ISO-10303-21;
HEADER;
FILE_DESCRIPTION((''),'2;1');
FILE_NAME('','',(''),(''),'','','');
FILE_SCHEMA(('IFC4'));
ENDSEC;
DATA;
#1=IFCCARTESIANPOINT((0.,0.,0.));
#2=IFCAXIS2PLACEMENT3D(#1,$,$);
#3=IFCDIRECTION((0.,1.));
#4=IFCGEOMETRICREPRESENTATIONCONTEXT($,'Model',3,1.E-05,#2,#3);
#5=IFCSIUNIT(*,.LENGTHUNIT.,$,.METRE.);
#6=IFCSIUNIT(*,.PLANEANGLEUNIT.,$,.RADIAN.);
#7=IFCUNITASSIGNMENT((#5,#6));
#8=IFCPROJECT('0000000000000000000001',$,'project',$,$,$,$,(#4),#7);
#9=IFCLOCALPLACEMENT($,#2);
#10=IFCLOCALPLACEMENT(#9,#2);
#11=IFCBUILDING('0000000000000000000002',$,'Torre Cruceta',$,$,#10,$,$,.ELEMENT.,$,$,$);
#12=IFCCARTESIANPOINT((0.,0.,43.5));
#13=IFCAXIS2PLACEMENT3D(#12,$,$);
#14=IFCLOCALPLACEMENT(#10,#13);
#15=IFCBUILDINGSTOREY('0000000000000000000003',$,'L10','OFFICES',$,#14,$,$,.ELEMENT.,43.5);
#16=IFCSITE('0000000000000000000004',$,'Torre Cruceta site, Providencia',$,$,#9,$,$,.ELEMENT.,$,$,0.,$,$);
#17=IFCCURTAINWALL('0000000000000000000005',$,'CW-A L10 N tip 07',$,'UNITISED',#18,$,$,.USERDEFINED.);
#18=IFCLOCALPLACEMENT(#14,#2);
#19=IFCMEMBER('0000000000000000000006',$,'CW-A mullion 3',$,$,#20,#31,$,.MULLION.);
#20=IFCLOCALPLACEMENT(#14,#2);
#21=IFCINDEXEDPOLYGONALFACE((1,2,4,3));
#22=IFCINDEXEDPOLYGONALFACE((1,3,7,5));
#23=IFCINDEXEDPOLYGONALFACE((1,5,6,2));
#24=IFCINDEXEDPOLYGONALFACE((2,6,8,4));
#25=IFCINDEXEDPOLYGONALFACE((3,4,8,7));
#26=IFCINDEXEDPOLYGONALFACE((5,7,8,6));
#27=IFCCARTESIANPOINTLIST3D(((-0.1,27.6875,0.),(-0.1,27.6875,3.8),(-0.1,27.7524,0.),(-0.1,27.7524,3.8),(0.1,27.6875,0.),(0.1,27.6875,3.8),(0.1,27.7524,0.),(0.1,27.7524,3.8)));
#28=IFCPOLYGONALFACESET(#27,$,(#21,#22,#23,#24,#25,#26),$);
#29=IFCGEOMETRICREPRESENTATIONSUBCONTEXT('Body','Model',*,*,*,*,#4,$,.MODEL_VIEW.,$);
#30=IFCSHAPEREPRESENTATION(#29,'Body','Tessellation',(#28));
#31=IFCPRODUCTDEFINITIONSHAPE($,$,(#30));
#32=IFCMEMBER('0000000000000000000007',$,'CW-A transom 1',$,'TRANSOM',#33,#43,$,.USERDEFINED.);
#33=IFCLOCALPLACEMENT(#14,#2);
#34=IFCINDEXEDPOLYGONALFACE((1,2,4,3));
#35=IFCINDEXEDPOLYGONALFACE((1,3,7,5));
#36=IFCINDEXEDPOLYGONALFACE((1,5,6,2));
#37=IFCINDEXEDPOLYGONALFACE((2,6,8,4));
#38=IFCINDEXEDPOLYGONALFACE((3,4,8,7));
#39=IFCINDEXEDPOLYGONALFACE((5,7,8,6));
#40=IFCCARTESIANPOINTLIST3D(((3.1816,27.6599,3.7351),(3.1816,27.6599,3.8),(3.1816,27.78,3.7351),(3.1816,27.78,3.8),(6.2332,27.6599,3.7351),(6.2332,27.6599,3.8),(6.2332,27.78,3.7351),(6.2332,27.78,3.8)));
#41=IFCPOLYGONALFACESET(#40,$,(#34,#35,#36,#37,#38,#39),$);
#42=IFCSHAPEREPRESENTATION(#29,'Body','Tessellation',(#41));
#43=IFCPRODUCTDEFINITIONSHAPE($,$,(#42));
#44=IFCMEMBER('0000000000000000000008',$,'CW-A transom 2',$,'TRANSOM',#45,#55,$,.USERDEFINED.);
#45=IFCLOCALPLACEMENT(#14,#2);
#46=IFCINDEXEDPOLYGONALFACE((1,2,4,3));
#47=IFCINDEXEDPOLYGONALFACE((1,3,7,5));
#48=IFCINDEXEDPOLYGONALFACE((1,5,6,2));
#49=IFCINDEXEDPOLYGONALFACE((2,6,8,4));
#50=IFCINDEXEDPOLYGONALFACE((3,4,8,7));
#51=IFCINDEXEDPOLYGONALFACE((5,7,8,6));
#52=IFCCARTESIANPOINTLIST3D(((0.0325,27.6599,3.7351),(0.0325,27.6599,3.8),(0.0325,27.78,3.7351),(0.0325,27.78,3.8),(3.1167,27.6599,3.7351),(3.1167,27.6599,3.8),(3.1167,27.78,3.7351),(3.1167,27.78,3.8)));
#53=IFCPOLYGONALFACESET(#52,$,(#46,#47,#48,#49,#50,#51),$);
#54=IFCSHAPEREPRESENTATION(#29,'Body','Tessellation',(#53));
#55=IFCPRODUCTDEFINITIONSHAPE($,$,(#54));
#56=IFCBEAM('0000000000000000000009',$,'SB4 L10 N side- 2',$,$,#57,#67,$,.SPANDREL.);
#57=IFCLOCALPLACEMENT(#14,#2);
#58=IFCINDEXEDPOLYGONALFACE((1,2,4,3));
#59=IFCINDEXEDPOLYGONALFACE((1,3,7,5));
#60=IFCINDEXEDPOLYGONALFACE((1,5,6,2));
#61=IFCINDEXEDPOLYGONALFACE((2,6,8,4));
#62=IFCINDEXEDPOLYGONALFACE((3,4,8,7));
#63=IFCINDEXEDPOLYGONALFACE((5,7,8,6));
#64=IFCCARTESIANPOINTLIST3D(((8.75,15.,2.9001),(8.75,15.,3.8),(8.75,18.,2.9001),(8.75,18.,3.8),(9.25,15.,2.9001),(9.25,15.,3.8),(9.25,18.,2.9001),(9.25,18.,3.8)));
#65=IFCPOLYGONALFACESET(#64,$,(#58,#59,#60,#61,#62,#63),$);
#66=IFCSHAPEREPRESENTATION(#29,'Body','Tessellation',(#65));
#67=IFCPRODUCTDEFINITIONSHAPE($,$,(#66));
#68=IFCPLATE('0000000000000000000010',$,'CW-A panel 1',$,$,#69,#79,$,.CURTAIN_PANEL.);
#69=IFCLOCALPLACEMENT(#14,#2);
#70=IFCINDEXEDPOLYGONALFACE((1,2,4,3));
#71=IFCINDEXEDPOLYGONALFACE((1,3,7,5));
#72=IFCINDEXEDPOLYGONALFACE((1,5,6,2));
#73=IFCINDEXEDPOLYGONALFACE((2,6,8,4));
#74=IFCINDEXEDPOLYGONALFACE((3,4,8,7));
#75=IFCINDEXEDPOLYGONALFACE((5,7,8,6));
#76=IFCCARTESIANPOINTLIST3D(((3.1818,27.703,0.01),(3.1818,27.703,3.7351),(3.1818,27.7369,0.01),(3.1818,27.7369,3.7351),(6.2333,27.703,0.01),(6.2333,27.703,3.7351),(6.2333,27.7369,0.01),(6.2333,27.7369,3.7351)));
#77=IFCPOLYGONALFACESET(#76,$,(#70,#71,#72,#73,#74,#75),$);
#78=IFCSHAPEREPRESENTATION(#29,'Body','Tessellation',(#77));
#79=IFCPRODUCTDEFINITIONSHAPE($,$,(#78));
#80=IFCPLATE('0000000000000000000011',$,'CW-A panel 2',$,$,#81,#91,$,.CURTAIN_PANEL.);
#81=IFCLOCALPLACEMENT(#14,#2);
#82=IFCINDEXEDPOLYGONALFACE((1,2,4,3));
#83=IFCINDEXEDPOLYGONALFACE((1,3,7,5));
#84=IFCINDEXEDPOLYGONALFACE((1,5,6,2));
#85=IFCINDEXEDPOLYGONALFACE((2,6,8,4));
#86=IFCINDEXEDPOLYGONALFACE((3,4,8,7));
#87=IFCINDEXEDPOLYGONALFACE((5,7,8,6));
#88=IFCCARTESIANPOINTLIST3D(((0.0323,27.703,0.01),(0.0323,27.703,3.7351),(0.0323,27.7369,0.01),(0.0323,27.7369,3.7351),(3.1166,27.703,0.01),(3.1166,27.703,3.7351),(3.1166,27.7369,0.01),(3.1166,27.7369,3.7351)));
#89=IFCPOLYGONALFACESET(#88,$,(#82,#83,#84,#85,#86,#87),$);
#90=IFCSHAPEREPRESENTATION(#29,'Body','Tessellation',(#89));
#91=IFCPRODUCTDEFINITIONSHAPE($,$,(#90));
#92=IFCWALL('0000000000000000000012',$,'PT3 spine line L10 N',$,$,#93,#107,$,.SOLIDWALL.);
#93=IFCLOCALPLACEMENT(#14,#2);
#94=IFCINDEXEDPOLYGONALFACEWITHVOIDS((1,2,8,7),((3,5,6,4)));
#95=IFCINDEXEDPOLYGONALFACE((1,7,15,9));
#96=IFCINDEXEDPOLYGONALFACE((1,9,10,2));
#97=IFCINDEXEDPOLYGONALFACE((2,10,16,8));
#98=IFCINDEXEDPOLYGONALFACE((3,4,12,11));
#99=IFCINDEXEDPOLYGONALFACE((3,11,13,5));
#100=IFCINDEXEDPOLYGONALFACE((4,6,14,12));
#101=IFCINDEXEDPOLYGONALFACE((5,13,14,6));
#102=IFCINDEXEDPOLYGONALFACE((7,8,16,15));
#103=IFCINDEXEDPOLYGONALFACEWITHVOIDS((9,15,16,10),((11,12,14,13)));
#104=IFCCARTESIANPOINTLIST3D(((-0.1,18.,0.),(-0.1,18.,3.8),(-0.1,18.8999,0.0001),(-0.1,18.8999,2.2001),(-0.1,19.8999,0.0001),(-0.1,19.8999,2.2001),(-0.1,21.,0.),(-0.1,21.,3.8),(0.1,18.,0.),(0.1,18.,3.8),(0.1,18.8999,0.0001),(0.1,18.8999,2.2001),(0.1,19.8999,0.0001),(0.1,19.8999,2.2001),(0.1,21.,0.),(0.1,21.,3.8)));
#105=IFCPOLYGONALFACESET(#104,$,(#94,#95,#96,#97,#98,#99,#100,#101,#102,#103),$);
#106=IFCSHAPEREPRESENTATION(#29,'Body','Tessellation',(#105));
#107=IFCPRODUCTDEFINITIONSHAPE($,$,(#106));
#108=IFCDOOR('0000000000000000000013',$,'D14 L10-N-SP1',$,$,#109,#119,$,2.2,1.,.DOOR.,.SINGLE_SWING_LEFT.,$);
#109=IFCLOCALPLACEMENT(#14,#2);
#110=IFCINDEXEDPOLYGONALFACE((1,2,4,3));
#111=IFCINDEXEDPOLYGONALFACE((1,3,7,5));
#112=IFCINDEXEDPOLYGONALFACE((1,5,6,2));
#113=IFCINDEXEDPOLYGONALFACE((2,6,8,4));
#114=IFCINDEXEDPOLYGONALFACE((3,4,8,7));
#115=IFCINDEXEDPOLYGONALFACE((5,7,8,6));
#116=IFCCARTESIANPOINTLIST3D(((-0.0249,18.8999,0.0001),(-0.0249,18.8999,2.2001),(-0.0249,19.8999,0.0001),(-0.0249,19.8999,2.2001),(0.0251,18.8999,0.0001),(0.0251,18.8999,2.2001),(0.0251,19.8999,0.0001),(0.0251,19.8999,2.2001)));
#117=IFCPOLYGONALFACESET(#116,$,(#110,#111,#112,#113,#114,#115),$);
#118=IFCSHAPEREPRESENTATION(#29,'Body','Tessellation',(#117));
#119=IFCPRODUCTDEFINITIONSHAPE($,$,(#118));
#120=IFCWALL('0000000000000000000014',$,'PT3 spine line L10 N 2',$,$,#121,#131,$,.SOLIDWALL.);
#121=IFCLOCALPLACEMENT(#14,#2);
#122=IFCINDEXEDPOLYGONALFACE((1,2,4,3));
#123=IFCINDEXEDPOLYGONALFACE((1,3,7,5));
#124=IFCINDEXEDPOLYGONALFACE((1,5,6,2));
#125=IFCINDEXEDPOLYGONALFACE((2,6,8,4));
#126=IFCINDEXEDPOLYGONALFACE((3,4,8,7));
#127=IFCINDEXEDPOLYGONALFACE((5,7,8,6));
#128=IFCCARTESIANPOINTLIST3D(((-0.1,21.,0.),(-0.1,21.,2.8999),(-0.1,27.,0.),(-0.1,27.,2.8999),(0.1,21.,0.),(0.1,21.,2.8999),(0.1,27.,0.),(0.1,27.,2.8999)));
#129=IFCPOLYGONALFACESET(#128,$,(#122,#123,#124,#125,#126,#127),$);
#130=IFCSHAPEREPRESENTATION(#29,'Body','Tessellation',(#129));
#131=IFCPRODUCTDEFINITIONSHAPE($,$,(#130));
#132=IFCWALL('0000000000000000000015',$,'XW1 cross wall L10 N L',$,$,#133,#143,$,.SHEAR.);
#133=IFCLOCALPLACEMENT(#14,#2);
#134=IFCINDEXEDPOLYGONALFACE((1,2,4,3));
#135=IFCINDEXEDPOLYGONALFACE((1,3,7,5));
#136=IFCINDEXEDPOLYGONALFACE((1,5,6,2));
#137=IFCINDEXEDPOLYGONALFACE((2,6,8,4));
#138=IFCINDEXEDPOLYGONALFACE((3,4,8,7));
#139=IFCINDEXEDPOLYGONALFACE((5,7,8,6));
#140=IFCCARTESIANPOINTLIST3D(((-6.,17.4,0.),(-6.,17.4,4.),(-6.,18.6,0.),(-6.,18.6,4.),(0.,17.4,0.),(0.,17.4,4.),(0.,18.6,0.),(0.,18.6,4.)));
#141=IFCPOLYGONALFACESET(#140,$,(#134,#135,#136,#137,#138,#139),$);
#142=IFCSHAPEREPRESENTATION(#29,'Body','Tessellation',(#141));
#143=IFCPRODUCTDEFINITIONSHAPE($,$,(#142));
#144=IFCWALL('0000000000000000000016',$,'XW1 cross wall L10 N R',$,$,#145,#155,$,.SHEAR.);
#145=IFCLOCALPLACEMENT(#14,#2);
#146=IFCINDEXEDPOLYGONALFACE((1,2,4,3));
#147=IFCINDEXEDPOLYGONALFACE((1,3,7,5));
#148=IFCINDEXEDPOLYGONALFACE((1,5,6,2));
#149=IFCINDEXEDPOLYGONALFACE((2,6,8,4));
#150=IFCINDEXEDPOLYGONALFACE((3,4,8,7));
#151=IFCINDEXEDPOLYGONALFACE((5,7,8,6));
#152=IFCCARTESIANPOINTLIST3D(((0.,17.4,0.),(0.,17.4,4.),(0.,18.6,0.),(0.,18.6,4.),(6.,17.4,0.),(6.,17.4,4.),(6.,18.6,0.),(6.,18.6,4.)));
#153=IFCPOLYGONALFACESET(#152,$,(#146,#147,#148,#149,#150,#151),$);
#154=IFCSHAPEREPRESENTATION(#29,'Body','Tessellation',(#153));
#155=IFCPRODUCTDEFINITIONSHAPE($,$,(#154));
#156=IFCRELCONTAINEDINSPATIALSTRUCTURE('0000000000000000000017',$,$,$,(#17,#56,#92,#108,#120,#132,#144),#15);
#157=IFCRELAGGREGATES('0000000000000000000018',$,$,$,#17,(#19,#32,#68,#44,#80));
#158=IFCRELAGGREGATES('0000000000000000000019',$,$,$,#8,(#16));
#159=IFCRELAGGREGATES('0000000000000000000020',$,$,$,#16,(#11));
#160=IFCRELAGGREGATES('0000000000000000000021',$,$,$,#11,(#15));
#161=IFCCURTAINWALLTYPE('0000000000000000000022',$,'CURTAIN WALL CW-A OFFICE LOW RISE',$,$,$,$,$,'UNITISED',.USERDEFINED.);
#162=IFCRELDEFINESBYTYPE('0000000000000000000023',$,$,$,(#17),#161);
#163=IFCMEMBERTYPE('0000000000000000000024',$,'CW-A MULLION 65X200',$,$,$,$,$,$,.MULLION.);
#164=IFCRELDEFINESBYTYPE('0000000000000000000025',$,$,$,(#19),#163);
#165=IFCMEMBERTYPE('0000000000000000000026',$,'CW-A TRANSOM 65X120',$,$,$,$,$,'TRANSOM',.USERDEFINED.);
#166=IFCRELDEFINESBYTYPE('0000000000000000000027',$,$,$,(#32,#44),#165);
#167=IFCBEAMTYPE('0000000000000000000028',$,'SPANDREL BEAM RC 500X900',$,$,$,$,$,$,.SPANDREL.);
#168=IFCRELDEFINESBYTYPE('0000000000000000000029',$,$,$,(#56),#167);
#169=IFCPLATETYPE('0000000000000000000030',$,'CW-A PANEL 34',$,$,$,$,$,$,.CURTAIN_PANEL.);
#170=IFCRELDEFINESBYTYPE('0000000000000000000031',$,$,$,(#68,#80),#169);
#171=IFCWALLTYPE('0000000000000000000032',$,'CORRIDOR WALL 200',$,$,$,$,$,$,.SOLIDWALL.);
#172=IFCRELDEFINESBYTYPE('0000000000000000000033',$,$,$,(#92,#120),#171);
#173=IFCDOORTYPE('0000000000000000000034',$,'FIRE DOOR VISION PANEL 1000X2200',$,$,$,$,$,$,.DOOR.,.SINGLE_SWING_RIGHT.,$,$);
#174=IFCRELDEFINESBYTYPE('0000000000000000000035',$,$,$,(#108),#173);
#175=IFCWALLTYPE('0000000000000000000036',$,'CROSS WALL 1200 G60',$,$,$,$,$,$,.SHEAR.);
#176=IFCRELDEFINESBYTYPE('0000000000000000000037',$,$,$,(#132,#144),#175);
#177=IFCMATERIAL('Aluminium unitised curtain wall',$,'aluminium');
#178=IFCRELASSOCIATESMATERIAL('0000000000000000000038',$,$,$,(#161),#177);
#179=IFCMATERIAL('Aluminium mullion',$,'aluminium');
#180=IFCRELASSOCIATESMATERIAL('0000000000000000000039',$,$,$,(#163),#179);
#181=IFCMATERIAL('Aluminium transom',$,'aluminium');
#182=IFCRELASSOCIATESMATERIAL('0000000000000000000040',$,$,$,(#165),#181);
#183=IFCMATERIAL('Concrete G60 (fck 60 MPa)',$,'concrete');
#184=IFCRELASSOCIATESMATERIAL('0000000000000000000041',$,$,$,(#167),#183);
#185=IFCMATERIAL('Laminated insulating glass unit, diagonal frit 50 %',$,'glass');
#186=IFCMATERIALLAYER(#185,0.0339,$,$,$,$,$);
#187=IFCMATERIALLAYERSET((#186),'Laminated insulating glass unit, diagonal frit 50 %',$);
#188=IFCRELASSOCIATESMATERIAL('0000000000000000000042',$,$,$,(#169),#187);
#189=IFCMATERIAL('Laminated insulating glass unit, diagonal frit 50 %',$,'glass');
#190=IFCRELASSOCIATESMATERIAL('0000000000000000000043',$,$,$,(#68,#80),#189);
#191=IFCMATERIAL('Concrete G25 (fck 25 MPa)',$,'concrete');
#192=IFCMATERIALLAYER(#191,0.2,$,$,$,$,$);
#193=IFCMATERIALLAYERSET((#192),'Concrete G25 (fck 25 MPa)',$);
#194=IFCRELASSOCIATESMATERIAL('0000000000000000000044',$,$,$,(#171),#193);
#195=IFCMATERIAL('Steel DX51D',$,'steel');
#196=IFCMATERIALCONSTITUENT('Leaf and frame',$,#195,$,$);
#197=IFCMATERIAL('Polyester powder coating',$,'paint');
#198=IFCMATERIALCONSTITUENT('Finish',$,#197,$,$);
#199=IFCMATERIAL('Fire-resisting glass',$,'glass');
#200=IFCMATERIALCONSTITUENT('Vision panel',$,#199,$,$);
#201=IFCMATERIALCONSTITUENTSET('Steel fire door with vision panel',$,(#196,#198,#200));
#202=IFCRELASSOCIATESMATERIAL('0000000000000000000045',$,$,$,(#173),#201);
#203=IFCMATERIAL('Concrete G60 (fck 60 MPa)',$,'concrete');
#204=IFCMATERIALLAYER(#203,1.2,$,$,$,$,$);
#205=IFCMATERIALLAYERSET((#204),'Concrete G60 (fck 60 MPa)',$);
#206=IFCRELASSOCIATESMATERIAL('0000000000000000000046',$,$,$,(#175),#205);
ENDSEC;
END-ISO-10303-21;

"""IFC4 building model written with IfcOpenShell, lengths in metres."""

from ifc_helpers import new_model, si_unit, direction, frame, frame_2d, origin, origin_2d, place, context, subcontext, project, spatial, rectangle, extrude, material, layer, layer_set, constituent, constituent_set, material_profile, profile_set, type_object, element, fill, aggregate, save


model = new_model("IFC4")

# Units and contexts
model_context = context("Model", 3, precision=1e-05, world=origin(), true_north=direction((0.0, 1.0)))
body_context = subcontext(model_context, "Body", "Model", "MODEL_VIEW")
ifc_project = project(units=[si_unit("LENGTHUNIT", "METRE"), si_unit("PLANEANGLEUNIT", "RADIAN")], contexts=[model_context])

# Site, building, storey
site_placement = place(None, origin())
site = spatial("IfcSite", under=ifc_project, at=site_placement, Name="Torre Cruceta site, Providencia", CompositionType="ELEMENT", RefElevation=0.0)
building_placement = place(site_placement, origin())
building = spatial("IfcBuilding", under=site, at=building_placement, Name="Torre Cruceta", CompositionType="ELEMENT")
storey_placement = place(building_placement, frame((0.0, 0.0, 43.5)))
storey = spatial("IfcBuildingStorey", under=building, at=storey_placement, Name="L10", Description="OFFICES", CompositionType="ELEMENT", Elevation=43.5)

# Curtain wall, members
ifc_material_1 = material(Name="Aluminium unitised curtain wall", Category="aluminium")
curtain_wall_type = type_object("IfcCurtainWallType", Name="CURTAIN WALL CW-A OFFICE LOW RISE", ElementType="UNITISED", PredefinedType="USERDEFINED", material=ifc_material_1)
curtain_wall_placement = place(storey_placement, origin())
curtain_wall = element("IfcCurtainWall", 1, at=curtain_wall_placement, inside=storey, type_object=curtain_wall_type, Name="CW-A L10 N tip 07", ObjectType="UNITISED", PredefinedType="USERDEFINED")
ifc_material_2 = material(Name="Aluminium mullion", Category="aluminium")
ifc_material_profile_1 = material_profile(ifc_material_2, rectangle(XDim=0.0649, YDim=0.2, at=origin_2d()), Name="AL 65X200")
ifc_profile_set_1 = profile_set([ifc_material_profile_1], Name="Aluminium mullion")
member_type_1 = type_object("IfcMemberType", Name="CW-A MULLION 65X200", PredefinedType="MULLION", material=ifc_profile_set_1)
member_1_placement = place(storey_placement, frame((0.0, 27.72, 0.0), z_axis=(0.0, 0.0, 1.0), x_axis=(0.0, -1.0, 0.0)))
member_1 = element("IfcMember", 2, at=member_1_placement, type_object=member_type_1, Name="CW-A mullion 3", PredefinedType="MULLION", context=body_context, shape_type="SweptSolid", body=[
    extrude(rectangle(XDim=0.0649, YDim=0.2, at=origin_2d()), origin(), (0.0, 0.0, 1.0), 3.8),
])
ifc_material_3 = material(Name="Aluminium transom", Category="aluminium")
ifc_material_profile_2 = material_profile(ifc_material_3, rectangle(XDim=0.1201, YDim=0.0649, at=origin_2d()), Name="AL 120X65")
ifc_profile_set_2 = profile_set([ifc_material_profile_2], Name="Aluminium transom")
member_type_2 = type_object("IfcMemberType", Name="CW-A TRANSOM 65X120", ElementType="TRANSOM", PredefinedType="USERDEFINED", material=ifc_profile_set_2)
member_2_placement = place(storey_placement, frame((6.2332, 27.72, 3.7676), z_axis=(-1.0, 0.0, 0.0), x_axis=(0.0, -1.0, 0.0)))
member_2 = element("IfcMember", 3, at=member_2_placement, type_object=member_type_2, Name="CW-A transom 1", ObjectType="TRANSOM", PredefinedType="USERDEFINED", context=body_context, shape_type="SweptSolid", body=[
    extrude(rectangle(XDim=0.1201, YDim=0.0649, at=origin_2d()), origin(), (0.0, 0.0, 1.0), 3.0515),
])
member_3_placement = place(storey_placement, frame((3.1167, 27.72, 3.7676), z_axis=(-1.0, 0.0, 0.0), x_axis=(0.0, -1.0, 0.0)))
member_3 = element("IfcMember", 4, at=member_3_placement, type_object=member_type_2, Name="CW-A transom 2", ObjectType="TRANSOM", PredefinedType="USERDEFINED", context=body_context, shape_type="SweptSolid", body=[
    extrude(rectangle(XDim=0.1201, YDim=0.0649, at=origin_2d()), origin(), (0.0, 0.0, 1.0), 3.0842),
])

# Beam
ifc_material_4 = material(Name="Concrete G60 (fck 60 MPa)", Category="concrete")
ifc_material_profile_3 = material_profile(ifc_material_4, rectangle(XDim=0.5, YDim=0.8999, at=origin_2d()), Name="RC 500X900")
ifc_profile_set_3 = profile_set([ifc_material_profile_3], Name="Concrete G60 (fck 60 MPa)")
beam_type_1 = type_object("IfcBeamType", Name="SPANDREL BEAM RC 500X900", PredefinedType="SPANDREL", material=ifc_profile_set_3)
beam_placement = place(storey_placement, frame((9.0, 15.0, 3.3501), z_axis=(0.0, 1.0, 0.0), x_axis=(-1.0, 0.0, 0.0)))
element("IfcBeam", 5, at=beam_placement, inside=storey, type_object=beam_type_1, Name="SB4 L10 N side- 2", PredefinedType="SPANDREL", context=body_context, shape_type="SweptSolid", body=[
    extrude(rectangle(XDim=0.5, YDim=0.8999, at=origin_2d()), origin(), (0.0, 0.0, 1.0), 3.0),
])

# Plates
ifc_material_5 = material(Name="Laminated insulating glass unit, diagonal frit 50 %", Category="glass")
ifc_material_6 = material(Name="Laminated insulating glass unit, diagonal frit 50 %", Category="glass")
ifc_layer_1 = layer(ifc_material_6, 0.0339)
ifc_layer_set_1 = layer_set([ifc_layer_1], Name="Laminated insulating glass unit, diagonal frit 50 %")
plate_type = type_object("IfcPlateType", Name="CW-A PANEL 34", PredefinedType="CURTAIN_PANEL", material=ifc_layer_set_1)
plate_1_placement = place(storey_placement, frame((4.7075, 27.72, 0.01), z_axis=(0.0, 0.0, 1.0), x_axis=(-1.0, 0.0, 0.0)))
plate_1 = element("IfcPlate", 6, at=plate_1_placement, type_object=plate_type, material=ifc_material_5, Name="CW-A panel 1", PredefinedType="CURTAIN_PANEL", context=body_context, shape_type="SweptSolid", body=[
    extrude(rectangle(XDim=3.0515, YDim=0.0339, at=origin_2d()), origin(), (0.0, 0.0, 1.0), 3.7251),
])
plate_2_placement = place(storey_placement, frame((1.5745, 27.72, 0.01), z_axis=(0.0, 0.0, 1.0), x_axis=(-1.0, 0.0, 0.0)))
plate_2 = element("IfcPlate", 7, at=plate_2_placement, type_object=plate_type, material=ifc_material_5, Name="CW-A panel 2", PredefinedType="CURTAIN_PANEL", context=body_context, shape_type="SweptSolid", body=[
    extrude(rectangle(XDim=3.0842, YDim=0.0339, at=origin_2d()), origin(), (0.0, 0.0, 1.0), 3.7251),
])
aggregate(curtain_wall, [member_1, member_2, plate_1, member_3, plate_2])

# Wall, opening, door
ifc_material_7 = material(Name="Concrete G25 (fck 25 MPa)", Category="concrete")
ifc_layer_2 = layer(ifc_material_7, 0.2)
ifc_layer_set_2 = layer_set([ifc_layer_2], Name="Concrete G25 (fck 25 MPa)")
wall_type_1 = type_object("IfcWallType", Name="CORRIDOR WALL 200", PredefinedType="SOLIDWALL", material=ifc_layer_set_2)
wall_1_placement = place(storey_placement, frame((0.0, 18.0, 0.0), z_axis=(0.0, 0.0, 1.0), x_axis=(0.0, 1.0, 0.0)))
wall_1 = element("IfcWall", 8, at=wall_1_placement, inside=storey, type_object=wall_type_1, Name="PT3 spine line L10 N", PredefinedType="SOLIDWALL", context=body_context, shape_type="SweptSolid", body=[
    extrude(rectangle(XDim=3.0, YDim=0.2, at=frame_2d((1.5, 0.0))), origin(), (0.0, 0.0, 1.0), 3.8),
])
opening_placement = place(wall_1_placement, frame((0.8999, 0.0, 0.0)))
opening = element("IfcOpeningElement", 9, at=opening_placement, cuts=wall_1, PredefinedType="OPENING", context=body_context, shape_type="SweptSolid", body=[
    extrude(rectangle(XDim=1.0, YDim=2.2, at=frame_2d((0.5, 1.1001))), frame((0.0, 0.1099, 0.0), z_axis=(0.0, -1.0, 0.0), x_axis=(1.0, 0.0, 0.0)), (0.0, 0.0, 1.0), 0.22),
])
ifc_material_8 = material(Name="Steel DX51D", Category="steel")
ifc_constituent_1 = constituent(ifc_material_8, Name="Leaf and frame")
ifc_material_9 = material(Name="Polyester powder coating", Category="paint")
ifc_constituent_2 = constituent(ifc_material_9, Name="Finish")
ifc_material_10 = material(Name="Fire-resisting glass", Category="glass")
ifc_constituent_3 = constituent(ifc_material_10, Name="Vision panel")
ifc_constituent_set = constituent_set(constituents=[ifc_constituent_1, ifc_constituent_2, ifc_constituent_3], Name="Steel fire door with vision panel")
door_type = type_object("IfcDoorType", Name="FIRE DOOR VISION PANEL 1000X2200", OperationType="SINGLE_SWING_RIGHT", PredefinedType="DOOR", material=ifc_constituent_set)
door_placement = place(opening_placement, origin())
door = element("IfcDoor", 10, at=door_placement, inside=storey, type_object=door_type, Name="D14 L10-N-SP1", OperationType="SINGLE_SWING_LEFT", OverallHeight=2.2, OverallWidth=1.0, PredefinedType="DOOR", context=body_context, shape_type="SweptSolid", body=[
    extrude(rectangle(XDim=1.0, YDim=2.2, at=frame_2d((0.5, 1.1001))), frame((0.0, 0.0249, 0.0), z_axis=(0.0, -1.0, 0.0), x_axis=(1.0, 0.0, 0.0)), (0.0, 0.0, 1.0), 0.05),
])
fill(opening, door)

# Walls
wall_2_placement = place(storey_placement, frame((0.0, 21.0, 0.0), z_axis=(0.0, 0.0, 1.0), x_axis=(0.0, 1.0, 0.0)))
element("IfcWall", 11, at=wall_2_placement, inside=storey, type_object=wall_type_1, Name="PT3 spine line L10 N 2", PredefinedType="SOLIDWALL", context=body_context, shape_type="SweptSolid", body=[
    extrude(rectangle(XDim=6.0, YDim=0.2, at=frame_2d((3.0, 0.0))), origin(), (0.0, 0.0, 1.0), 2.8999),
])
ifc_material_11 = material(Name="Concrete G60 (fck 60 MPa)", Category="concrete")
ifc_layer_3 = layer(ifc_material_11, 1.2)
ifc_layer_set_3 = layer_set([ifc_layer_3], Name="Concrete G60 (fck 60 MPa)")
wall_type_2 = type_object("IfcWallType", Name="CROSS WALL 1200 G60", PredefinedType="SHEAR", material=ifc_layer_set_3)
for number, where, z_axis, x_axis, name in (
    (12, (0.0, 18.0, 0.0), (0.0, 0.0, 1.0), (-1.0, 0.0, 0.0), "XW1 cross wall L10 N L"),
    (13, (0.0, 18.0, 0.0), (0.0, 0.0, 1.0), (1.0, 0.0, 0.0), "XW1 cross wall L10 N R"),
):
    element("IfcWall", number, at=place(storey_placement, frame(where, z_axis=z_axis, x_axis=x_axis)), inside=storey, type_object=wall_type_2, Name=name, PredefinedType="SHEAR", context=body_context, shape_type="SweptSolid", body=[
        extrude(rectangle(XDim=6.0, YDim=1.2, at=frame_2d((3.0, 0.0))), origin(), (0.0, 0.0, 1.0), 4.0),
    ])

save(model, "model.ifc")
